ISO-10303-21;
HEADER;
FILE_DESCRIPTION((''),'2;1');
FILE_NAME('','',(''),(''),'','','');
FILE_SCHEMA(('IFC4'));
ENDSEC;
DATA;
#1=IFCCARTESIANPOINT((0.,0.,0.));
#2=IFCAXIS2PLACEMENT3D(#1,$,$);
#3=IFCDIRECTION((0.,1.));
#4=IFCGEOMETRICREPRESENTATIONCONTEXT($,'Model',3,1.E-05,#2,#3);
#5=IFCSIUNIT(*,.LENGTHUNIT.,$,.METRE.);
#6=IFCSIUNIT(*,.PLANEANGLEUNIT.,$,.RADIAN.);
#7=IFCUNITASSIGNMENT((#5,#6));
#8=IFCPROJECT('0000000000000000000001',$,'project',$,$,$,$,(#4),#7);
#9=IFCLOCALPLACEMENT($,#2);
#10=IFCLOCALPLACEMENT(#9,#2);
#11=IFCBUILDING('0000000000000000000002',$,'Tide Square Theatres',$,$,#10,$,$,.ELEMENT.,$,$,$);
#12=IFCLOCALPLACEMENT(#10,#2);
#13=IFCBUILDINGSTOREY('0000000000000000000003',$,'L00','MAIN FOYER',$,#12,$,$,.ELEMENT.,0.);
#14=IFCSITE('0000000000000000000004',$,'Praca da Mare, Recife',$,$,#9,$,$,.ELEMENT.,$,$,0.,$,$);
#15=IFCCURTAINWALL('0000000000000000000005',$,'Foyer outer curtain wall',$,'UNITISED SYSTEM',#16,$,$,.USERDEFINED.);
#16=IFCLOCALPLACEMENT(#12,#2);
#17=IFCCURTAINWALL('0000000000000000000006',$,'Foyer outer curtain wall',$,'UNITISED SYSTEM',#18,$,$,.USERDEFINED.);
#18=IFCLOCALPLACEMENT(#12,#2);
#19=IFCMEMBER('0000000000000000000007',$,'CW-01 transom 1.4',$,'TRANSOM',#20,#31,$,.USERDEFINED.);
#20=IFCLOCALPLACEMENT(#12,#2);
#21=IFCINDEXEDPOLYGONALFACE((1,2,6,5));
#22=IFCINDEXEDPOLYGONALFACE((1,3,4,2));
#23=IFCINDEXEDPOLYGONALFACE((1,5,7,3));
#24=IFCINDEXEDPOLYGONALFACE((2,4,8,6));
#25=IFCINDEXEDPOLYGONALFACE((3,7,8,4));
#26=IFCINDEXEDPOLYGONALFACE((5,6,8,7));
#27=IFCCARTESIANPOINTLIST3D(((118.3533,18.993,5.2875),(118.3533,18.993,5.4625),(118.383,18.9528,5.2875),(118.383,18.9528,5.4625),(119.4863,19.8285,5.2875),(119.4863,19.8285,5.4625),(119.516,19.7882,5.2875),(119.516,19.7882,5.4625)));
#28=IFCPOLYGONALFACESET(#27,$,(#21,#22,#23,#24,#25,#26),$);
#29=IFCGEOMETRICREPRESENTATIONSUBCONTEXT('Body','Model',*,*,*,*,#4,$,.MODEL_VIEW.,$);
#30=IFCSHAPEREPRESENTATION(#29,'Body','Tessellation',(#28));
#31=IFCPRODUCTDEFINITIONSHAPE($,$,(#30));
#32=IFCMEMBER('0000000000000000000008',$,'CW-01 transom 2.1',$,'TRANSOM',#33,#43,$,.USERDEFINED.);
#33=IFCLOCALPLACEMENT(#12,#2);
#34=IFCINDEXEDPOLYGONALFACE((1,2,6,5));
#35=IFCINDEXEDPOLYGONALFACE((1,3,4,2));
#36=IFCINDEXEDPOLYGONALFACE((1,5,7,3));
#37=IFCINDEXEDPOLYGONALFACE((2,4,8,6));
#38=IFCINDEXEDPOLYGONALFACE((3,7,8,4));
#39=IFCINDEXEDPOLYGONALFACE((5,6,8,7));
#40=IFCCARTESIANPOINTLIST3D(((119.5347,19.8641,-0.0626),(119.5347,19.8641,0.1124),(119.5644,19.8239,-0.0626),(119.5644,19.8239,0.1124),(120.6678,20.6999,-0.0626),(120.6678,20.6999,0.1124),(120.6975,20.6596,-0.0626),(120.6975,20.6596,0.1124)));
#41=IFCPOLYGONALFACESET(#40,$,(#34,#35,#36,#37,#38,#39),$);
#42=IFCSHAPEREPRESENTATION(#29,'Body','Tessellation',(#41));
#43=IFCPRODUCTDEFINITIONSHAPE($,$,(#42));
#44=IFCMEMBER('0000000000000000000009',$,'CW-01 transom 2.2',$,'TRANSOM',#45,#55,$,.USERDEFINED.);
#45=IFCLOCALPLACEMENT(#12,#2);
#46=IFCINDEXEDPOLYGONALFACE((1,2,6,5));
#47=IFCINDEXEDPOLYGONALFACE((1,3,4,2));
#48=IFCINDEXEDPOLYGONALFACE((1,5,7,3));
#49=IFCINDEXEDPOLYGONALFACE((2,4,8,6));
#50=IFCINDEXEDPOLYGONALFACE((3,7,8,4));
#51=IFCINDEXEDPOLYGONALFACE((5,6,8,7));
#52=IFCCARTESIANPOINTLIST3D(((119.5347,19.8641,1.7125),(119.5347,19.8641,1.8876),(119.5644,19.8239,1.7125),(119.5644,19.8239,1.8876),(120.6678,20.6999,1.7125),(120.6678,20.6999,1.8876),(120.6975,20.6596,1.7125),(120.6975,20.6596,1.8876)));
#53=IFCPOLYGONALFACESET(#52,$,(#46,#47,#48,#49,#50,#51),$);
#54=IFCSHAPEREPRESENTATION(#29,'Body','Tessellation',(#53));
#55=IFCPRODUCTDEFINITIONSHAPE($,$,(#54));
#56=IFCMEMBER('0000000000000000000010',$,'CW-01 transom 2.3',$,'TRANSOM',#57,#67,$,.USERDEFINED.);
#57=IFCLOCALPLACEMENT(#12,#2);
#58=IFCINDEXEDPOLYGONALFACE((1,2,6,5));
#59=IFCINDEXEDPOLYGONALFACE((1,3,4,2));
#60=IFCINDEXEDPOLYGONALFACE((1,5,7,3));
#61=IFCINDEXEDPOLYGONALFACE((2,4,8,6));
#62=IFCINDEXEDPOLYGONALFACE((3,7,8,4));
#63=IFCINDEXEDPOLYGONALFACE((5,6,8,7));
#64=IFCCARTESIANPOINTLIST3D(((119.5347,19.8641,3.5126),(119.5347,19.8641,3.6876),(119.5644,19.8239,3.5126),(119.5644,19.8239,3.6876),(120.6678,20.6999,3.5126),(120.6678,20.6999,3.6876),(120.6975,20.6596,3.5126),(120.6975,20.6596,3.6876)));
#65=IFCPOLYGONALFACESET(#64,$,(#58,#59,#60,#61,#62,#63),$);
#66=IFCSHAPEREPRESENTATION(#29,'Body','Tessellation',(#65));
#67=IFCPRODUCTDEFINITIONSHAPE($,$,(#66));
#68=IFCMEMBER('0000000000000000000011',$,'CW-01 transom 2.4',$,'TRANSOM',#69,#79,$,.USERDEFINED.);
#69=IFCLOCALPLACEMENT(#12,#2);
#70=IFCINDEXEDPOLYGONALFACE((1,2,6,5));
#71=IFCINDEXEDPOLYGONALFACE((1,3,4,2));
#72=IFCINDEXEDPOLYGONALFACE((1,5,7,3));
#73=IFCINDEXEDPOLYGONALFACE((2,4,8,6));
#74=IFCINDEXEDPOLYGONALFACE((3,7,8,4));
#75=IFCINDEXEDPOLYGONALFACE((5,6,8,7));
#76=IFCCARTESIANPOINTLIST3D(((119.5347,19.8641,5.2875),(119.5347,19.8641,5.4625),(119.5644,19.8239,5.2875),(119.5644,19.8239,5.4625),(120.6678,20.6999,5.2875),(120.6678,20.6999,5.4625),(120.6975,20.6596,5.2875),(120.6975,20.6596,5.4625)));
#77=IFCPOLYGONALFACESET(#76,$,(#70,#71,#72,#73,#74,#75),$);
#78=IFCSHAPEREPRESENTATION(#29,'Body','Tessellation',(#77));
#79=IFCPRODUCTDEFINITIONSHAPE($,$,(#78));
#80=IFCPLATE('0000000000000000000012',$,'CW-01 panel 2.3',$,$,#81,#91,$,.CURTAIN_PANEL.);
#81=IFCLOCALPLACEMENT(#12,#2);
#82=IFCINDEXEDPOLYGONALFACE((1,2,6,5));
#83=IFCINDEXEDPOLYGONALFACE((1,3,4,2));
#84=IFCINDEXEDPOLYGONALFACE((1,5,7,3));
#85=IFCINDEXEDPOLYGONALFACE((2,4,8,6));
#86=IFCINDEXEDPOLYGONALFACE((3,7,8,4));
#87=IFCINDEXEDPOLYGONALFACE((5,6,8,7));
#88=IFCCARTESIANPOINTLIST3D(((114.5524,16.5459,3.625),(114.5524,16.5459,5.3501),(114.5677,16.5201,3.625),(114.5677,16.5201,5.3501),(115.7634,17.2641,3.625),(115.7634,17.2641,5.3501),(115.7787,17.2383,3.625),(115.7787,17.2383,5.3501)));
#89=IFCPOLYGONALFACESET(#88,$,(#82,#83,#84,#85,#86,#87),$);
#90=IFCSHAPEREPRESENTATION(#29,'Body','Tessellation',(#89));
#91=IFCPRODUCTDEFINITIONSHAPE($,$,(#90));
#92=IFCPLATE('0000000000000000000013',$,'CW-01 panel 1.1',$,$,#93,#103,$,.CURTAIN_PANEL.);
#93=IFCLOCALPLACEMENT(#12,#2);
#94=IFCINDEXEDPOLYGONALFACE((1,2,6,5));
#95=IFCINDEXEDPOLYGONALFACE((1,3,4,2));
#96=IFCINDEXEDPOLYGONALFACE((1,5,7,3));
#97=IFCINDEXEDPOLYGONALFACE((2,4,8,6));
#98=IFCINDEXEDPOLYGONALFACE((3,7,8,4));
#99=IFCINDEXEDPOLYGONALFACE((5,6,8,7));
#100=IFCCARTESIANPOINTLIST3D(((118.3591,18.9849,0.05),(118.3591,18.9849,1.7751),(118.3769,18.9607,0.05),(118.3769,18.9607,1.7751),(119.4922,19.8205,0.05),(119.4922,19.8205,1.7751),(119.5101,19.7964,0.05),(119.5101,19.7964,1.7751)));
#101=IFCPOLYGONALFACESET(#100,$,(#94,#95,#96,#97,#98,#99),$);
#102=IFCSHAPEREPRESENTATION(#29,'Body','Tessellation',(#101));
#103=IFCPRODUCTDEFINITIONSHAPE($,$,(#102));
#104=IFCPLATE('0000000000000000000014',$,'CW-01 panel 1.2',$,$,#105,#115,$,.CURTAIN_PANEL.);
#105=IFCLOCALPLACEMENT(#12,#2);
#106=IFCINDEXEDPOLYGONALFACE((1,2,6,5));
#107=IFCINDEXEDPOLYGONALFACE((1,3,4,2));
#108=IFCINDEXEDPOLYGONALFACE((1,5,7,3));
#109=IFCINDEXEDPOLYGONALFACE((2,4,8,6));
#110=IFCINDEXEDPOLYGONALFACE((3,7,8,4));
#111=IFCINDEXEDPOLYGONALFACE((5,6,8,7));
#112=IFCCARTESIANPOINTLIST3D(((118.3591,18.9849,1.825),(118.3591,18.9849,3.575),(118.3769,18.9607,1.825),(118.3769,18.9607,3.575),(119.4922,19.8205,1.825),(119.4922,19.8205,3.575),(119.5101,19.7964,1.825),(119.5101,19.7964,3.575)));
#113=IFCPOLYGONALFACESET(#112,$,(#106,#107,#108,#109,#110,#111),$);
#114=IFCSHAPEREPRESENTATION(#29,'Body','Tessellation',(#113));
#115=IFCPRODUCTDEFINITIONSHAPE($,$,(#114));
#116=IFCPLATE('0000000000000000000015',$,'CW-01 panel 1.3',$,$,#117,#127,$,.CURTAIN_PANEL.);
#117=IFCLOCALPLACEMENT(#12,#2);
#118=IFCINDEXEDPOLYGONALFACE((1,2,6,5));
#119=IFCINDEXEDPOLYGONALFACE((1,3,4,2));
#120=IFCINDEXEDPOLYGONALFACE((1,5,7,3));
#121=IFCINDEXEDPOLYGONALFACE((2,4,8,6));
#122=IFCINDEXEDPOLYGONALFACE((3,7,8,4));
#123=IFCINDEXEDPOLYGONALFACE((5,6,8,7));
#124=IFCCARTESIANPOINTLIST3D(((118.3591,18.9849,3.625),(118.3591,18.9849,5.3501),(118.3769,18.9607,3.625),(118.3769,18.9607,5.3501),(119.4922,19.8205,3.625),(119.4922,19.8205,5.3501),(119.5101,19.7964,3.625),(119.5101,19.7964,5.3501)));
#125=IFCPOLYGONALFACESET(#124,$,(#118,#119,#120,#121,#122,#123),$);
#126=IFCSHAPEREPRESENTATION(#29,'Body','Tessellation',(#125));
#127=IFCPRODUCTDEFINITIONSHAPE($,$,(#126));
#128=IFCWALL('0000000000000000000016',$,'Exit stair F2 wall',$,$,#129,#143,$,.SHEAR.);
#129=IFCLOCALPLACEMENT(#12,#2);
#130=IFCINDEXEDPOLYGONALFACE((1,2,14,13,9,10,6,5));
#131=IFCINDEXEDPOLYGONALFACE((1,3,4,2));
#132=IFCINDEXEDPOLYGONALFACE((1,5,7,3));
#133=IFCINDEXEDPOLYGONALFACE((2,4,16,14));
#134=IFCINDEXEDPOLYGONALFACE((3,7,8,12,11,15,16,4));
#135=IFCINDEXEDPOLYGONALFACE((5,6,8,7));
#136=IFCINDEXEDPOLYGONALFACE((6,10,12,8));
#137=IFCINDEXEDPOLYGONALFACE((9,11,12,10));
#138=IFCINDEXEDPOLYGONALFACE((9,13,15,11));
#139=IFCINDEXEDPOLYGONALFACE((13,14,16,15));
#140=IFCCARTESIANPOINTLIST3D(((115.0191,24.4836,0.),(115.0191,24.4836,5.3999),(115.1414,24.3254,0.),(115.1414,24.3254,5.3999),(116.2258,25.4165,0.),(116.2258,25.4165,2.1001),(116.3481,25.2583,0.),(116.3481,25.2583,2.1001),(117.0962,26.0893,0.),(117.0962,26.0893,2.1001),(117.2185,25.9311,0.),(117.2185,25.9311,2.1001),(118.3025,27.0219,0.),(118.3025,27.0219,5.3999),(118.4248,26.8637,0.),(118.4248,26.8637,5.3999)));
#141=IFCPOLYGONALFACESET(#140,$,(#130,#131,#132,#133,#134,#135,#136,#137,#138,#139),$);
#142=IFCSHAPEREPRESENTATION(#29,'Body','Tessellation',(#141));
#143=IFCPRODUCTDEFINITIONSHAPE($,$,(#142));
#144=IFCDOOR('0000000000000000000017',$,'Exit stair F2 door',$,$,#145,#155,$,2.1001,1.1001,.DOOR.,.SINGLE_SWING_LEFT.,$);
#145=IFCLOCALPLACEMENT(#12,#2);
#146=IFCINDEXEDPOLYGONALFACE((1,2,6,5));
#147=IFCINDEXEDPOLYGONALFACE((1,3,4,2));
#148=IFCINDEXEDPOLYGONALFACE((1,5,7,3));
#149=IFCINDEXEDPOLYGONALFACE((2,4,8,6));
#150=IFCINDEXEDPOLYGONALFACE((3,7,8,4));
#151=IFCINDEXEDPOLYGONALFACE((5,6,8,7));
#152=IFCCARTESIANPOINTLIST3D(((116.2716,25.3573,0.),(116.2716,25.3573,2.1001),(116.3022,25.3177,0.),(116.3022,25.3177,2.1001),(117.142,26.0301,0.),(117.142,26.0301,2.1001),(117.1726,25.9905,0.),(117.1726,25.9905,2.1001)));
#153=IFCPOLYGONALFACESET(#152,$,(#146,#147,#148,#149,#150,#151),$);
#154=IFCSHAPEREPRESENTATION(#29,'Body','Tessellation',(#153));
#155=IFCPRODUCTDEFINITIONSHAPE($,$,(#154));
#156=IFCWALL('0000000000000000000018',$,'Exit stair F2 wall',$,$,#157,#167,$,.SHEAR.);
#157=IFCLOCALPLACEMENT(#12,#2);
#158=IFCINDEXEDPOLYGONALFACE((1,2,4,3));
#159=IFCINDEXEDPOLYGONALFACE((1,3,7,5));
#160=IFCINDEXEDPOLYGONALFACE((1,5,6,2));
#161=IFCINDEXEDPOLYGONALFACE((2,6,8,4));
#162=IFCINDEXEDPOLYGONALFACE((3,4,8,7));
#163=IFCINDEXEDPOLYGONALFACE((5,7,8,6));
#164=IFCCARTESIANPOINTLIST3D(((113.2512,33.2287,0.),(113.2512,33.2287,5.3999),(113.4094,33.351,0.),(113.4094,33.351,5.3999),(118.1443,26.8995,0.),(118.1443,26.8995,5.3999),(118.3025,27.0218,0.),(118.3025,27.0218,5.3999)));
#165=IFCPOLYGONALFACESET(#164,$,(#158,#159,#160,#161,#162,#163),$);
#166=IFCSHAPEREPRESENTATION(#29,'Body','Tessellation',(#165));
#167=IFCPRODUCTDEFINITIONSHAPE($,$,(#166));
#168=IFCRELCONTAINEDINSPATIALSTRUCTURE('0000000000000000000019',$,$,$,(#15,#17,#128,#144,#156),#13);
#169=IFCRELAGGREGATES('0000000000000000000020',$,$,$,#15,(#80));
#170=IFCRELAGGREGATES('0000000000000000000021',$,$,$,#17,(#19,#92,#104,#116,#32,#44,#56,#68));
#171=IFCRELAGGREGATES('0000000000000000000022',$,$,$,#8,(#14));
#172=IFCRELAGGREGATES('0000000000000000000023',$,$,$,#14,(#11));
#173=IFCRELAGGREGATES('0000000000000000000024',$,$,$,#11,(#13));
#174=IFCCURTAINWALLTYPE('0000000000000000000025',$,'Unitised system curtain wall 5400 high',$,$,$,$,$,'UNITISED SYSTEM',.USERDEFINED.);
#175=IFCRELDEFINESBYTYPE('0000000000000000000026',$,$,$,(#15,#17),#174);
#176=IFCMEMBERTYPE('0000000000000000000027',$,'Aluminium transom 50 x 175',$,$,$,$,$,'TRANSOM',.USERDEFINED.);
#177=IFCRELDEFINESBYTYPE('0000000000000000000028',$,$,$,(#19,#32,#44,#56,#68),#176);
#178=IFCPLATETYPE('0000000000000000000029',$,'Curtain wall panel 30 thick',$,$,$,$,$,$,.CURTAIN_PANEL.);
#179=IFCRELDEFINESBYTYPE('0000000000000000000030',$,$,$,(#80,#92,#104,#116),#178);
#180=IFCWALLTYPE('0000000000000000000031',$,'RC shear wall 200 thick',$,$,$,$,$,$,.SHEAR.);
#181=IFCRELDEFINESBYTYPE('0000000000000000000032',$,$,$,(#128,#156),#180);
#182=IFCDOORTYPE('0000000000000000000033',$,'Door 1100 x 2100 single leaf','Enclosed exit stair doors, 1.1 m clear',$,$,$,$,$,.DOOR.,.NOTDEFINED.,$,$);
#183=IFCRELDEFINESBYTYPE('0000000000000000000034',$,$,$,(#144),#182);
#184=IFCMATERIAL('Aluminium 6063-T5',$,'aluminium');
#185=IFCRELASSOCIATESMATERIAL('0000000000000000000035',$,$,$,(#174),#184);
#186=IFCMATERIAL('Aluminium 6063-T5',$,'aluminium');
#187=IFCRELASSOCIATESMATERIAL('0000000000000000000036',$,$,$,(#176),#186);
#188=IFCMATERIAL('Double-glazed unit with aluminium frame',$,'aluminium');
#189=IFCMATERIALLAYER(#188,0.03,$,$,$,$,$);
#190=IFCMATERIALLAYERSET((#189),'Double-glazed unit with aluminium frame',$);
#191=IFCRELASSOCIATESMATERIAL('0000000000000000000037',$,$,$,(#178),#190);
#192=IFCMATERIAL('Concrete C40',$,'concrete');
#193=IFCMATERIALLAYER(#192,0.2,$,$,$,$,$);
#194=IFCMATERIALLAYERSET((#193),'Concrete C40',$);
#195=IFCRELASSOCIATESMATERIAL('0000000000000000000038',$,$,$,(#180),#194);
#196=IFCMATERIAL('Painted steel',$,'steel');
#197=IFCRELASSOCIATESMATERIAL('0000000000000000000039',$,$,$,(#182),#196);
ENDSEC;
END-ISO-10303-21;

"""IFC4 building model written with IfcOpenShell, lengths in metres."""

from ifc_helpers import new_model, si_unit, direction, frame, frame_2d, origin, origin_2d, place, context, subcontext, project, spatial, rectangle, extrude, material, layer, layer_set, material_profile, profile_set, type_object, element, fill, aggregate, save


model = new_model("IFC4")

# Units and contexts
model_context = context("Model", 3, precision=1e-05, world=origin(), true_north=direction((0.0, 1.0)))
body_context = subcontext(model_context, "Body", "Model", "MODEL_VIEW")
ifc_project = project(units=[si_unit("LENGTHUNIT", "METRE"), si_unit("PLANEANGLEUNIT", "RADIAN")], contexts=[model_context])

# Site, building, storey
site_placement = place(None, origin())
site = spatial("IfcSite", under=ifc_project, at=site_placement, Name="Praca da Mare, Recife", CompositionType="ELEMENT", RefElevation=0.0)
building_placement = place(site_placement, origin())
building = spatial("IfcBuilding", under=site, at=building_placement, Name="Tide Square Theatres", CompositionType="ELEMENT")
storey_placement = place(building_placement, origin())
storey = spatial("IfcBuildingStorey", under=building, at=storey_placement, Name="L00", Description="MAIN FOYER", CompositionType="ELEMENT", Elevation=0.0)

# Curtain wall
ifc_material_1 = material(Name="Aluminium 6063-T5", Category="aluminium")
curtain_wall_type = type_object("IfcCurtainWallType", Name="Unitised system curtain wall 5400 high", ElementType="UNITISED SYSTEM", PredefinedType="USERDEFINED", material=ifc_material_1)
curtain_wall_1_placement = place(storey_placement, origin())
curtain_wall_1 = element("IfcCurtainWall", 1, at=curtain_wall_1_placement, inside=storey, type_object=curtain_wall_type, Name="Foyer outer curtain wall", ObjectType="UNITISED SYSTEM", PredefinedType="USERDEFINED")

# Curtain wall, members
curtain_wall_2_placement = place(storey_placement, origin())
curtain_wall_2 = element("IfcCurtainWall", 2, at=curtain_wall_2_placement, inside=storey, type_object=curtain_wall_type, Name="Foyer outer curtain wall", ObjectType="UNITISED SYSTEM", PredefinedType="USERDEFINED")
ifc_material_2 = material(Name="Aluminium 6063-T5", Category="aluminium")
ifc_material_profile_1 = material_profile(ifc_material_2, rectangle(XDim=0.05, YDim=0.175, at=origin_2d()))
ifc_profile_set_1 = profile_set([ifc_material_profile_1], Name="Aluminium 6063-T5")
member_type_1 = type_object("IfcMemberType", Name="Aluminium transom 50 x 175", ElementType="TRANSOM", PredefinedType="USERDEFINED", material=ifc_profile_set_1)
member_1_placement = place(storey_placement, frame((118.3682, 18.9729, 5.375), z_axis=(0.804864, 0.593459, 0.0), x_axis=(-0.593459, 0.804864, 0.0)))
member_1 = element("IfcMember", 3, at=member_1_placement, type_object=member_type_1, Name="CW-01 transom 1.4", ObjectType="TRANSOM", PredefinedType="USERDEFINED", context=body_context, shape_type="SweptSolid", body=[
    extrude(rectangle(XDim=0.05, YDim=0.175, at=origin_2d()), origin(), (0.0, 0.0, 1.0), 1.4077),
])
member_2_placement = place(storey_placement, frame((119.5496, 19.844, 0.0249), z_axis=(0.804781, 0.593572, 0.0), x_axis=(-0.593572, 0.804781, 0.0)))
member_2 = element("IfcMember", 4, at=member_2_placement, type_object=member_type_1, Name="CW-01 transom 2.1", ObjectType="TRANSOM", PredefinedType="USERDEFINED", context=body_context, shape_type="SweptSolid", body=[
    extrude(rectangle(XDim=0.05, YDim=0.175, at=origin_2d()), origin(), (0.0, 0.0, 1.0), 1.408),
])
member_3_placement = place(storey_placement, frame((119.5496, 19.844, 1.8), z_axis=(0.804781, 0.593572, 0.0), x_axis=(-0.593572, 0.804781, 0.0)))
member_3 = element("IfcMember", 5, at=member_3_placement, type_object=member_type_1, Name="CW-01 transom 2.2", ObjectType="TRANSOM", PredefinedType="USERDEFINED", context=body_context, shape_type="SweptSolid", body=[
    extrude(rectangle(XDim=0.05, YDim=0.175, at=origin_2d()), origin(), (0.0, 0.0, 1.0), 1.408),
])
member_4_placement = place(storey_placement, frame((119.5496, 19.844, 3.6001), z_axis=(0.804781, 0.593572, 0.0), x_axis=(-0.593572, 0.804781, 0.0)))
member_4 = element("IfcMember", 6, at=member_4_placement, type_object=member_type_1, Name="CW-01 transom 2.3", ObjectType="TRANSOM", PredefinedType="USERDEFINED", context=body_context, shape_type="SweptSolid", body=[
    extrude(rectangle(XDim=0.05, YDim=0.175, at=origin_2d()), origin(), (0.0, 0.0, 1.0), 1.408),
])
member_5_placement = place(storey_placement, frame((119.5496, 19.844, 5.375), z_axis=(0.804781, 0.593572, 0.0), x_axis=(-0.593572, 0.804781, 0.0)))
member_5 = element("IfcMember", 7, at=member_5_placement, type_object=member_type_1, Name="CW-01 transom 2.4", ObjectType="TRANSOM", PredefinedType="USERDEFINED", context=body_context, shape_type="SweptSolid", body=[
    extrude(rectangle(XDim=0.05, YDim=0.175, at=origin_2d()), origin(), (0.0, 0.0, 1.0), 1.408),
])

# Plates
ifc_material_3 = material(Name="Double-glazed unit with aluminium frame", Category="aluminium")
ifc_layer_1 = layer(ifc_material_3, 0.03)
ifc_layer_set_1 = layer_set([ifc_layer_1], Name="Double-glazed unit with aluminium frame")
plate_type = type_object("IfcPlateType", Name="Curtain wall panel 30 thick", PredefinedType="CURTAIN_PANEL", material=ifc_layer_set_1)
plate_1_placement = place(storey_placement, frame((115.1655, 16.8921, 3.625), z_axis=(0.0, 0.0, 1.0), x_axis=(0.8601, 0.510125, 0.0)))
plate_1 = element("IfcPlate", 8, at=plate_1_placement, type_object=plate_type, Name="CW-01 panel 2.3", PredefinedType="CURTAIN_PANEL", context=body_context, shape_type="SweptSolid", body=[
    extrude(rectangle(XDim=1.408, YDim=0.03, at=origin_2d()), origin(), (0.0, 0.0, 1.0), 1.7251),
])
aggregate(curtain_wall_1, [plate_1])
plate_2_placement = place(storey_placement, frame((118.9346, 19.3906, 0.05), z_axis=(0.0, 0.0, 1.0), x_axis=(0.804828, 0.593508, 0.0)))
plate_2 = element("IfcPlate", 9, at=plate_2_placement, type_object=plate_type, Name="CW-01 panel 1.1", PredefinedType="CURTAIN_PANEL", context=body_context, shape_type="SweptSolid", body=[
    extrude(rectangle(XDim=1.408, YDim=0.03, at=origin_2d()), origin(), (0.0, 0.0, 1.0), 1.7251),
])
plate_3_placement = place(storey_placement, frame((118.9346, 19.3906, 1.825), z_axis=(0.0, 0.0, 1.0), x_axis=(0.804828, 0.593508, 0.0)))
plate_3 = element("IfcPlate", 10, at=plate_3_placement, type_object=plate_type, Name="CW-01 panel 1.2", PredefinedType="CURTAIN_PANEL", context=body_context, shape_type="SweptSolid", body=[
    extrude(rectangle(XDim=1.408, YDim=0.03, at=origin_2d()), origin(), (0.0, 0.0, 1.0), 1.75),
])
plate_4_placement = place(storey_placement, frame((118.9346, 19.3906, 3.625), z_axis=(0.0, 0.0, 1.0), x_axis=(0.804828, 0.593508, 0.0)))
plate_4 = element("IfcPlate", 11, at=plate_4_placement, type_object=plate_type, Name="CW-01 panel 1.3", PredefinedType="CURTAIN_PANEL", context=body_context, shape_type="SweptSolid", body=[
    extrude(rectangle(XDim=1.408, YDim=0.03, at=origin_2d()), origin(), (0.0, 0.0, 1.0), 1.7251),
])
aggregate(curtain_wall_2, [member_1, plate_2, plate_3, plate_4, member_2, member_3, member_4, member_5])

# Wall, opening, door
ifc_material_4 = material(Name="Concrete C40", Category="concrete")
ifc_layer_2 = layer(ifc_material_4, 0.2)
ifc_layer_set_2 = layer_set([ifc_layer_2], Name="Concrete C40")
wall_type_1 = type_object("IfcWallType", Name="RC shear wall 200 thick", PredefinedType="SHEAR", material=ifc_layer_set_2)
wall_1_placement = place(storey_placement, frame((118.3638, 26.9429, 0.0), z_axis=(0.0, 0.0, 1.0), x_axis=(-0.791154, -0.611617, 0.0)))
wall_1 = element("IfcWall", 12, at=wall_1_placement, inside=storey, type_object=wall_type_1, Name="Exit stair F2 wall", PredefinedType="SHEAR", context=body_context, shape_type="SweptSolid", body=[
    extrude(rectangle(XDim=4.1501, YDim=0.2, at=frame_2d((2.0752, 0.0))), origin(), (0.0, 0.0, 1.0), 5.3999),
])
opening_1_placement = place(wall_1_placement, frame((1.5249, 0.0, 0.0)))
opening_1 = element("IfcOpeningElement", 13, at=opening_1_placement, cuts=wall_1, PredefinedType="OPENING", context=body_context, shape_type="SweptSolid", body=[
    extrude(rectangle(XDim=1.1001, YDim=2.1001, at=frame_2d((0.55, 1.05))), frame((0.0, 0.1099, 0.0), z_axis=(0.0, -1.0, 0.0), x_axis=(1.0, 0.0, 0.0)), (0.0, 0.0, 1.0), 0.22),
])
ifc_material_5 = material(Name="Painted steel", Category="steel")
door_type_1 = type_object("IfcDoorType", Name="Door 1100 x 2100 single leaf", Description="Enclosed exit stair doors, 1.1 m clear", OperationType="NOTDEFINED", PredefinedType="DOOR", material=ifc_material_5)
door_1_placement = place(opening_1_placement, origin())
door_1 = element("IfcDoor", 14, at=door_1_placement, inside=storey, type_object=door_type_1, Name="Exit stair F2 door", OperationType="SINGLE_SWING_LEFT", OverallHeight=2.1001, OverallWidth=1.1001, PredefinedType="DOOR", context=body_context, shape_type="SweptSolid", body=[
    extrude(rectangle(XDim=1.1001, YDim=2.1001, at=frame_2d((0.55, 1.05))), frame((0.0, 0.0249, 0.0), z_axis=(0.0, -1.0, 0.0), x_axis=(1.0, 0.0, 0.0)), (0.0, 0.0, 1.0), 0.05),
])
fill(opening_1, door_1)

# Wall
wall_2_placement = place(storey_placement, frame((118.2234, 26.9607, 0.0), z_axis=(0.0, 0.0, 1.0), x_axis=(-0.611635, 0.79114, 0.0)))
element("IfcWall", 15, at=wall_2_placement, inside=storey, type_object=wall_type_1, Name="Exit stair F2 wall", PredefinedType="SHEAR", context=body_context, shape_type="SweptSolid", body=[
    extrude(rectangle(XDim=8.0, YDim=0.2, at=frame_2d((4.0, 0.0))), origin(), (0.0, 0.0, 1.0), 5.3999),
])

save(model, "model.ifc")
